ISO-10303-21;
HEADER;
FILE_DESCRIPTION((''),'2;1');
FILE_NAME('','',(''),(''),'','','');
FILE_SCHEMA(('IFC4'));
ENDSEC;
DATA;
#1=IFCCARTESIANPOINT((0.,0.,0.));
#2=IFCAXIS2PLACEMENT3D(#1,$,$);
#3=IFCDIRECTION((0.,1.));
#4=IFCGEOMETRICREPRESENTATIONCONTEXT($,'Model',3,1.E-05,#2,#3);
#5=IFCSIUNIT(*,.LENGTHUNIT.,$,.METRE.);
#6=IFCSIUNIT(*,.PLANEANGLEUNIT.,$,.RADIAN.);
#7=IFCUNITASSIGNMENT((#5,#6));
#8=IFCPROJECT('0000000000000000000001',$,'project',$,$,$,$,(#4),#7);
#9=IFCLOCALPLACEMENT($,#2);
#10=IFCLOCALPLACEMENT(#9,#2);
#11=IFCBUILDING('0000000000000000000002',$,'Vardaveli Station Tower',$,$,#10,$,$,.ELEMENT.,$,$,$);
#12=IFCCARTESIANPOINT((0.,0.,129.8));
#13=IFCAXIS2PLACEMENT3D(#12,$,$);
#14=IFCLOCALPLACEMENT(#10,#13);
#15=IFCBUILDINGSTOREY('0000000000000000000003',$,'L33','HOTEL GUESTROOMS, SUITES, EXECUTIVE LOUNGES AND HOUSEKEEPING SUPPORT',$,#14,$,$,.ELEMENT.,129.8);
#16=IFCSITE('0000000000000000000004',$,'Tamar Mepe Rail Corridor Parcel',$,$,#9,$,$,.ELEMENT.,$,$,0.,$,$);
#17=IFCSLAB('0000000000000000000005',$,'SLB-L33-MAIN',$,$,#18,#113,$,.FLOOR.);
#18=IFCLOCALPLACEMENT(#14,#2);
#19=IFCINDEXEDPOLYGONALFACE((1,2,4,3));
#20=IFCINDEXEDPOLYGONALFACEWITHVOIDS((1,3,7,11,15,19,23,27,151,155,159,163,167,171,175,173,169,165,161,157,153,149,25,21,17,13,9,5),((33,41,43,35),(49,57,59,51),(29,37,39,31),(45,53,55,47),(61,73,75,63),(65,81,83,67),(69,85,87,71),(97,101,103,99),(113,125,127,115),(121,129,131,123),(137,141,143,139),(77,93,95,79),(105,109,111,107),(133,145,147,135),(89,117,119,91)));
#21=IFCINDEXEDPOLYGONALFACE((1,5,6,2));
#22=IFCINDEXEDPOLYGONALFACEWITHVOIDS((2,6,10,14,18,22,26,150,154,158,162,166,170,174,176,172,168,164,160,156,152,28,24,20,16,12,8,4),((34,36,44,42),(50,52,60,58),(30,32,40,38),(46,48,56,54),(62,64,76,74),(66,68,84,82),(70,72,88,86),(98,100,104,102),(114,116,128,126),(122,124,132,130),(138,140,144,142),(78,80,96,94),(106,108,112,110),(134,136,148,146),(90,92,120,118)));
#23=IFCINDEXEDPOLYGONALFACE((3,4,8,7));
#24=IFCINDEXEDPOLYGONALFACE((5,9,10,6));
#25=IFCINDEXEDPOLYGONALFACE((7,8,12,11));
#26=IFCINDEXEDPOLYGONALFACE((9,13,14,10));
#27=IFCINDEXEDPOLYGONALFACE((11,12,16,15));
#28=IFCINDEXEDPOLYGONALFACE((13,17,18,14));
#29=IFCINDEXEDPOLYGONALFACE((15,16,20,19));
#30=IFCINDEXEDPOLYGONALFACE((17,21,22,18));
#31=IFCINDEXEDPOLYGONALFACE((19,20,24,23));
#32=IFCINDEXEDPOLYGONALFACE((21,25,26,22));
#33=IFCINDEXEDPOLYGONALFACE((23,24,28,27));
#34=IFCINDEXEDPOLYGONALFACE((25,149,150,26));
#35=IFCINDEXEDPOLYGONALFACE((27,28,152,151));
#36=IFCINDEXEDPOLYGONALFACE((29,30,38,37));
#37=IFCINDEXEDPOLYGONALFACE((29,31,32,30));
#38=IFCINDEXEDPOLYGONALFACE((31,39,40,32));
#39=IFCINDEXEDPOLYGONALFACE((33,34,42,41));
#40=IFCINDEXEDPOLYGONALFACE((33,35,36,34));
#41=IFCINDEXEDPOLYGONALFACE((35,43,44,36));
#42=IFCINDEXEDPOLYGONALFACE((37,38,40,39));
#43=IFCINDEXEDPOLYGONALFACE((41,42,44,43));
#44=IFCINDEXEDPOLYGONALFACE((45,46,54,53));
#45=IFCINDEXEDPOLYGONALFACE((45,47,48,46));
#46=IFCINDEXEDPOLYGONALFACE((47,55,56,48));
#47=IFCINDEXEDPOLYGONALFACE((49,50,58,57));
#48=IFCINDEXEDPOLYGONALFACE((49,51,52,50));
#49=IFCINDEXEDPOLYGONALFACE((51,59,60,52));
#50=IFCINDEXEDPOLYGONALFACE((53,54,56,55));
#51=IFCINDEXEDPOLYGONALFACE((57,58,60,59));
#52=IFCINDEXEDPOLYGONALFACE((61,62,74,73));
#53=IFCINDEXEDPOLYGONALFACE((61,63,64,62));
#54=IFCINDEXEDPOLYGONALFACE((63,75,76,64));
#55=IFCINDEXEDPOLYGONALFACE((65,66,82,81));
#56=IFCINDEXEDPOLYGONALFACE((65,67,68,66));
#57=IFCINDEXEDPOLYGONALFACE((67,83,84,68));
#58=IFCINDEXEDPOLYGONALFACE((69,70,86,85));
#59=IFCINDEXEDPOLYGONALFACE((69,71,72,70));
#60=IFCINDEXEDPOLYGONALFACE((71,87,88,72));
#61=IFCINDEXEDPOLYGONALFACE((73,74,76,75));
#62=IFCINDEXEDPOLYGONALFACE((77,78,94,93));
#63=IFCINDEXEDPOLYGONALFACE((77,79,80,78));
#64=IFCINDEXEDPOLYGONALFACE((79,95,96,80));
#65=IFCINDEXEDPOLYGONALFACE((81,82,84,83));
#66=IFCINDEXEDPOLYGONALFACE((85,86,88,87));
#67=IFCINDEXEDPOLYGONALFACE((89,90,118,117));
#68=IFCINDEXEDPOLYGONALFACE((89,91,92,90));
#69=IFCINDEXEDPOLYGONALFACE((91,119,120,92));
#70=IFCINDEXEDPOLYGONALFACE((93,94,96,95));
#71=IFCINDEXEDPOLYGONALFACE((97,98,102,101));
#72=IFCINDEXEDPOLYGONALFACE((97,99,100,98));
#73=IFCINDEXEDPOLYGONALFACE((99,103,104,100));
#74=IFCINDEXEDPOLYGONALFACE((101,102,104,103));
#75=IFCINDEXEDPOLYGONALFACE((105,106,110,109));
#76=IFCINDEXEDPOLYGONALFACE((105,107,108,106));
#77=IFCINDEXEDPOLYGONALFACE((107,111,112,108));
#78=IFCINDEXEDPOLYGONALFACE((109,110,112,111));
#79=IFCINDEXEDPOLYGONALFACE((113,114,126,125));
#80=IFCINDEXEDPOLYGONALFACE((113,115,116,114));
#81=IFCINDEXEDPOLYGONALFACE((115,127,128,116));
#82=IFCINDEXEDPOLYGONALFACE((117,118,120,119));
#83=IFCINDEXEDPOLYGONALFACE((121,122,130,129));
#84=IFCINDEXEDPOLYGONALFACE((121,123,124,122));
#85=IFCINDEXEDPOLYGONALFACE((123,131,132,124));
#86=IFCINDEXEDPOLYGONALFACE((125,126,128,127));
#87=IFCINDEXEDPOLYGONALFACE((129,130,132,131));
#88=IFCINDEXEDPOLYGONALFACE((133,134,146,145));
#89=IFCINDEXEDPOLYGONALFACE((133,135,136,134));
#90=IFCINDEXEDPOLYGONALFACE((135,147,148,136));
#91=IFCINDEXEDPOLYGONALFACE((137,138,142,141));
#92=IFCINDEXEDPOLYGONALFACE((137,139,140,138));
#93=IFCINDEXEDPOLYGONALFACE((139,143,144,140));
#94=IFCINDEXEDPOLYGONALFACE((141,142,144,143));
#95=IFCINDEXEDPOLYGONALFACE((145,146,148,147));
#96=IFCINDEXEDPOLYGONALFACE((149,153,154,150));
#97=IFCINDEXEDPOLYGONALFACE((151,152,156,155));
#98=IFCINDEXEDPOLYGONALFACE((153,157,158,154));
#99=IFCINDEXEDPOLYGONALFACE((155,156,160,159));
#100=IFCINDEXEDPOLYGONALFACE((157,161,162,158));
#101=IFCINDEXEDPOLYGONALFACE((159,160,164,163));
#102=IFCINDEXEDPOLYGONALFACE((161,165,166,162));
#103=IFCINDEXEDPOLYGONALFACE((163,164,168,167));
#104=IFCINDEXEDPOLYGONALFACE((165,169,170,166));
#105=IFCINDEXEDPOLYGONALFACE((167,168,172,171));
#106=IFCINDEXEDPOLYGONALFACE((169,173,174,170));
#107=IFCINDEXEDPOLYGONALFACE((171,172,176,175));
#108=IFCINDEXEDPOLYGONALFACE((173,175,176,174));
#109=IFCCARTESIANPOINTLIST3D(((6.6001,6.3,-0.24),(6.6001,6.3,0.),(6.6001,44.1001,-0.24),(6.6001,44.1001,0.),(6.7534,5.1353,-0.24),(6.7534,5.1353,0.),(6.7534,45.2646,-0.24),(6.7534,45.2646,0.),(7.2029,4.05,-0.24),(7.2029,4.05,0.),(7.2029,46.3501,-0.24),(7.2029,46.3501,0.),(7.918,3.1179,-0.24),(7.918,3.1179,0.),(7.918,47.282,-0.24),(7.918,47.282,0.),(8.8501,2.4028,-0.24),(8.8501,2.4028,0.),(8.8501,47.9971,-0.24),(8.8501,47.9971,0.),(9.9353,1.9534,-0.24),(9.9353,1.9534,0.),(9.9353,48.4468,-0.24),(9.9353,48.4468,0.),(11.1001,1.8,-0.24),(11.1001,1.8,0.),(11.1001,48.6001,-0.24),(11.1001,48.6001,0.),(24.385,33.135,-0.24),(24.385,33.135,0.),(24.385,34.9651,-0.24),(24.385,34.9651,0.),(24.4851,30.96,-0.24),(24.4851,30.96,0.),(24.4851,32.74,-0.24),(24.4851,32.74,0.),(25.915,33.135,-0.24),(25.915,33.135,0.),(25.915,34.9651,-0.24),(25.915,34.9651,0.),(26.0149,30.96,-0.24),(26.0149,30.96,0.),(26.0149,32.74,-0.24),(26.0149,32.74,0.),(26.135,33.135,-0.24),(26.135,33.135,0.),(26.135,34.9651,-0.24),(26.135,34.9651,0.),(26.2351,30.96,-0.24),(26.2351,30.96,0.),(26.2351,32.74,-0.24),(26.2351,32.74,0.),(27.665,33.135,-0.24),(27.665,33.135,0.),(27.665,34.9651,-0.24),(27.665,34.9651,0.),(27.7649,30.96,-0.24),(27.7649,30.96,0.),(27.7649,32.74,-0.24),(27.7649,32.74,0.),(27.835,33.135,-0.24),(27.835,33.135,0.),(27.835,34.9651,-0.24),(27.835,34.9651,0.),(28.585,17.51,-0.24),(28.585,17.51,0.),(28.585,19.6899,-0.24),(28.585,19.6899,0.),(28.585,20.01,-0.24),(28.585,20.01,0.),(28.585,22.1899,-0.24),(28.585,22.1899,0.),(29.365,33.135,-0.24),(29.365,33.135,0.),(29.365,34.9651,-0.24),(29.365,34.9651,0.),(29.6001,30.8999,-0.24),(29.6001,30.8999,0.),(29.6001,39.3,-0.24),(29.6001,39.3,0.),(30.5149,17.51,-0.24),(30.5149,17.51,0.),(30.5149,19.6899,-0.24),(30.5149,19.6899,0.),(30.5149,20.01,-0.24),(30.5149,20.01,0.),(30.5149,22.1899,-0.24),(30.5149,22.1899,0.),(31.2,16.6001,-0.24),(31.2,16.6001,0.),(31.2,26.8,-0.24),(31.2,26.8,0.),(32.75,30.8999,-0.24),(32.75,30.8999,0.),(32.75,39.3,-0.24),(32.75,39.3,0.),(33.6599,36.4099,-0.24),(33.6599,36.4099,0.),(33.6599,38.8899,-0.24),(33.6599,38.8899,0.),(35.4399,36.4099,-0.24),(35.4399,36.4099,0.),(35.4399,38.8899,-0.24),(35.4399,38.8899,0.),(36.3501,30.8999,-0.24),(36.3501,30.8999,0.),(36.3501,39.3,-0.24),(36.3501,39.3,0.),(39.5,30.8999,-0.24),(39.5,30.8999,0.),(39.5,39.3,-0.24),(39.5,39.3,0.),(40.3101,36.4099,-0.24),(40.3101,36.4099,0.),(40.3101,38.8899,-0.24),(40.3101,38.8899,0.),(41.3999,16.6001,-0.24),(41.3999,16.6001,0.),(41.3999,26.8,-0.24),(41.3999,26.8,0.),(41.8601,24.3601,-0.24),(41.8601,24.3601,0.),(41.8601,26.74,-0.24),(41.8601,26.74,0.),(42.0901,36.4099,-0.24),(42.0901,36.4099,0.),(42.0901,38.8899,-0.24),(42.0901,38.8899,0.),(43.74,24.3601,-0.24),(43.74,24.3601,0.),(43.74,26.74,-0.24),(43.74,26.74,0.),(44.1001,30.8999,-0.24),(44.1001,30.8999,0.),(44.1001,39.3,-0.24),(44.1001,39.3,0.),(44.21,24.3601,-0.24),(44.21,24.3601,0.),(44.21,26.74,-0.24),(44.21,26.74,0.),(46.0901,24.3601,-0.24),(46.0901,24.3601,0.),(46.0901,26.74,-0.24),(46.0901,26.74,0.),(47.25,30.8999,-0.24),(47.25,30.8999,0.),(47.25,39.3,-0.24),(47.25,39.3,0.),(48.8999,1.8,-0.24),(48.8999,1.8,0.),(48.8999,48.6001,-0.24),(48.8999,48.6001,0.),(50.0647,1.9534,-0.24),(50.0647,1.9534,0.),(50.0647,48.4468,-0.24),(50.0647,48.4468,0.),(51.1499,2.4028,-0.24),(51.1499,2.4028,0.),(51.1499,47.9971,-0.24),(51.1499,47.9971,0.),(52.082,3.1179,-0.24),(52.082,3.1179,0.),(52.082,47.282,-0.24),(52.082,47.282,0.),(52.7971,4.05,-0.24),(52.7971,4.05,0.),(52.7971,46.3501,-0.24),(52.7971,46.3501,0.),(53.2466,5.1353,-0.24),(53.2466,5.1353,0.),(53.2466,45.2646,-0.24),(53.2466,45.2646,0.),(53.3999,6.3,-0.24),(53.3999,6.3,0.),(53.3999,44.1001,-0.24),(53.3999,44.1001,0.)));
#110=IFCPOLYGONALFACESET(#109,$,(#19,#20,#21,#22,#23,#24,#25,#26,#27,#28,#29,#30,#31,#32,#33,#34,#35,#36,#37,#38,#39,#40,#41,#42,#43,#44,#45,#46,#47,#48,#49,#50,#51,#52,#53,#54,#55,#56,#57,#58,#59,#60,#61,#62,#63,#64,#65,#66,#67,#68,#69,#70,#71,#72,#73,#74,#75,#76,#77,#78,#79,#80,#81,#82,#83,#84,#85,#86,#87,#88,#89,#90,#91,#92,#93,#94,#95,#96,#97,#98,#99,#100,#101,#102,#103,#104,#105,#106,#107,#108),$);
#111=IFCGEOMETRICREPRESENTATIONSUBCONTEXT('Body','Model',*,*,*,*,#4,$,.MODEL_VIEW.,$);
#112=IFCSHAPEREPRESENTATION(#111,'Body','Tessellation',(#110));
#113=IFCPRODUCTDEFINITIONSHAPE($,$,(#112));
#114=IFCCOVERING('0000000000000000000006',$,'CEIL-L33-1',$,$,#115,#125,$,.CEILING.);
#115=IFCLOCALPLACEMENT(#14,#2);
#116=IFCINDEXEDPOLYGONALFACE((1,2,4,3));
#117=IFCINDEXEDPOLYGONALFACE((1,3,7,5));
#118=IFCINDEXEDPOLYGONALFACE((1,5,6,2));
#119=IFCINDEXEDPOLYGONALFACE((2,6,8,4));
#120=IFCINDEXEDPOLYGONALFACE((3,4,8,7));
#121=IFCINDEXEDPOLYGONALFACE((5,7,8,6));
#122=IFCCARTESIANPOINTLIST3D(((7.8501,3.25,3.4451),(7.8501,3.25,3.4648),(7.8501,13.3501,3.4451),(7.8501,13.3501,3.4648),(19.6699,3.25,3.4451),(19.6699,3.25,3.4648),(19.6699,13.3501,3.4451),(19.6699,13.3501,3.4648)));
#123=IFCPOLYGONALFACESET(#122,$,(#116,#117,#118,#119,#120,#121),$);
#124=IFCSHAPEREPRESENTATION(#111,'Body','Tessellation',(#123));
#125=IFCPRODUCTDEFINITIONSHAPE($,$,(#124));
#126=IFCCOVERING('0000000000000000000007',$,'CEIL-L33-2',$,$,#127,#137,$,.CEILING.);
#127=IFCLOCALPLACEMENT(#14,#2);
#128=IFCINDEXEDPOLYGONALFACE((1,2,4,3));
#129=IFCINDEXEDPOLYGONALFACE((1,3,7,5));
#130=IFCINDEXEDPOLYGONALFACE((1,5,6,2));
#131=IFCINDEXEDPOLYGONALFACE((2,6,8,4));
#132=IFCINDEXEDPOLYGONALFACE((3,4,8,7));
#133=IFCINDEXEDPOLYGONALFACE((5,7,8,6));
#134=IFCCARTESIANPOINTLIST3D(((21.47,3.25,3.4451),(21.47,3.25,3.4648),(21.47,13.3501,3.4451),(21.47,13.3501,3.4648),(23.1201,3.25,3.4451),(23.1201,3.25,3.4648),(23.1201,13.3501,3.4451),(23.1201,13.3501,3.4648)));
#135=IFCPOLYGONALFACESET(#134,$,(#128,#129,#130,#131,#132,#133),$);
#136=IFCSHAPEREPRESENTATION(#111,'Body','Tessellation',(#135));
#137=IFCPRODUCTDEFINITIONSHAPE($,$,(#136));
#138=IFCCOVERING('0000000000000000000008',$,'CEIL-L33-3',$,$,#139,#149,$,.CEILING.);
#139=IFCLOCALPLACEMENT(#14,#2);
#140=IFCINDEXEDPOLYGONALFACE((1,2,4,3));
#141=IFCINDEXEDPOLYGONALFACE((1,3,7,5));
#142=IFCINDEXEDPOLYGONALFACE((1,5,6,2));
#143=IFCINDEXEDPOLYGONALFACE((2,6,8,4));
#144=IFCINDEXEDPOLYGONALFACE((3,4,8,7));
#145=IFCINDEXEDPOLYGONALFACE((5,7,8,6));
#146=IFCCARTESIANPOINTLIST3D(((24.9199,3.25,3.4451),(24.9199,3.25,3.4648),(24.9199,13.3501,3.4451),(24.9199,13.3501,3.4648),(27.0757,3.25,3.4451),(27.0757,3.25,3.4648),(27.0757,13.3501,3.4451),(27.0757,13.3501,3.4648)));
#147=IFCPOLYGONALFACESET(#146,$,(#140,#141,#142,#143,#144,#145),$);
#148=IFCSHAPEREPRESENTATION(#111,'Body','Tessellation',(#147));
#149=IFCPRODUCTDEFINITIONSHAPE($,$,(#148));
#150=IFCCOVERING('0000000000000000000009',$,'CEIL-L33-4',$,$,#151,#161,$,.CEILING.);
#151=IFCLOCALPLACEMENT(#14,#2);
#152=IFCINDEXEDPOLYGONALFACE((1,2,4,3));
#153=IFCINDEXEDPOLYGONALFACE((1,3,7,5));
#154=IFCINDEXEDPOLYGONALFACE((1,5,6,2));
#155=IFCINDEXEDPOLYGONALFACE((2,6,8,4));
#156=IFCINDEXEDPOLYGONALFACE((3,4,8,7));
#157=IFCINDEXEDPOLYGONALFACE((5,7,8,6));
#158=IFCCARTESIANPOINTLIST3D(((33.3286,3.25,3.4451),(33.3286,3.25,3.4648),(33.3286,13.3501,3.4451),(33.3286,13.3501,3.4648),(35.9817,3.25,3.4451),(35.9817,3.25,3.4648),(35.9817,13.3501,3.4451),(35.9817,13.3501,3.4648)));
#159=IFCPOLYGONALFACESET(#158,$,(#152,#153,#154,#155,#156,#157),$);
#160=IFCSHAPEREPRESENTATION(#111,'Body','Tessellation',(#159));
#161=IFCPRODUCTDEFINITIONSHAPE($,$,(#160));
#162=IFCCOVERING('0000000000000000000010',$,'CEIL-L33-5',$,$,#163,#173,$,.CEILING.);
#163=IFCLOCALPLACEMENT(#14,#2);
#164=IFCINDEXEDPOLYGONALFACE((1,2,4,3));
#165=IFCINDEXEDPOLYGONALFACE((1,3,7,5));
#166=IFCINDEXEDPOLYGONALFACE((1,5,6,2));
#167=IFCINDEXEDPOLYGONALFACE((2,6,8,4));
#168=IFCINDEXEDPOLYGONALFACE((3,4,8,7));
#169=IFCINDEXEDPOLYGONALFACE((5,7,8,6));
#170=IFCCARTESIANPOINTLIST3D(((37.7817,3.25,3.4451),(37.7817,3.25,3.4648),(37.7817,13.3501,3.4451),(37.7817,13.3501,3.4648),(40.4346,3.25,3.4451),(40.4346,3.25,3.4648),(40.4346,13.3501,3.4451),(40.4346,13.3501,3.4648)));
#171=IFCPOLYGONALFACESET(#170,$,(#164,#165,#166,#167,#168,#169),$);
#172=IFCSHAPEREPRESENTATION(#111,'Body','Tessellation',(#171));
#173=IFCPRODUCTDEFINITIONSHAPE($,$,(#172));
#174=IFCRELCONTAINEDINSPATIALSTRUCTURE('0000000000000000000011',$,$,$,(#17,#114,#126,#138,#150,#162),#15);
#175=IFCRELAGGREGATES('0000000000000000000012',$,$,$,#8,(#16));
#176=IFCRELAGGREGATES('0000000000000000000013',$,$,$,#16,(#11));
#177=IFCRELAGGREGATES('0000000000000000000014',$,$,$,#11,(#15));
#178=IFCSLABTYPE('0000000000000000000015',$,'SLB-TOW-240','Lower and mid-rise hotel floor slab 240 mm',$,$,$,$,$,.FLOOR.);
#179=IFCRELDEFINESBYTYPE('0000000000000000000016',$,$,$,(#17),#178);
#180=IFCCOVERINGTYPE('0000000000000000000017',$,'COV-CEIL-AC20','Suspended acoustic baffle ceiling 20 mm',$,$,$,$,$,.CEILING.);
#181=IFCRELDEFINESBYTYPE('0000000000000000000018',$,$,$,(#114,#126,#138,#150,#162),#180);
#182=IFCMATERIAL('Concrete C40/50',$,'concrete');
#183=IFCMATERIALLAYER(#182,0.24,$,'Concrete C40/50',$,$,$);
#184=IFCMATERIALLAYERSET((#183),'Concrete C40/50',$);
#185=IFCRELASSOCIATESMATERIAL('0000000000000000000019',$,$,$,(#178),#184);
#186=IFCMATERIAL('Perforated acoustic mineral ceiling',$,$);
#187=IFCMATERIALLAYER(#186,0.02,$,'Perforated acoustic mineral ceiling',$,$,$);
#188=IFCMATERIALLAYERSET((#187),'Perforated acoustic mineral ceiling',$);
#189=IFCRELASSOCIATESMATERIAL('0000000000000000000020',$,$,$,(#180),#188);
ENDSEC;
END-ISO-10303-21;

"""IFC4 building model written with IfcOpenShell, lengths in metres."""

from ifc_helpers import new_model, si_unit, direction, frame, origin, place, context, subcontext, project, spatial, polyline, outline, extrude, material, layer, layer_set, type_object, element, save


model = new_model("IFC4")

# Units and contexts
model_context = context("Model", 3, precision=1e-05, world=origin(), true_north=direction((0.0, 1.0)))
body_context = subcontext(model_context, "Body", "Model", "MODEL_VIEW")
ifc_project = project(units=[si_unit("LENGTHUNIT", "METRE"), si_unit("PLANEANGLEUNIT", "RADIAN")], contexts=[model_context])

# Site, building, storey
site_placement = place(None, origin())
site = spatial("IfcSite", under=ifc_project, at=site_placement, Name="Tamar Mepe Rail Corridor Parcel", CompositionType="ELEMENT", RefElevation=0.0)
building_placement = place(site_placement, origin())
building = spatial("IfcBuilding", under=site, at=building_placement, Name="Vardaveli Station Tower", CompositionType="ELEMENT")
storey_placement = place(building_placement, frame((0.0, 0.0, 129.8)))
storey = spatial("IfcBuildingStorey", under=building, at=storey_placement, Name="L33", Description="HOTEL GUESTROOMS, SUITES, EXECUTIVE LOUNGES AND HOUSEKEEPING SUPPORT", CompositionType="ELEMENT", Elevation=129.8)

# Shared definitions
ifc_material_1 = material(Name="Concrete C40/50", Category="concrete")

# Slab
ifc_layer_1 = layer(ifc_material_1, 0.24, Name="Concrete C40/50")
ifc_layer_set_1 = layer_set([ifc_layer_1], Name="Concrete C40/50")
slab_type_1 = type_object("IfcSlabType", Name="SLB-TOW-240", Description="Lower and mid-rise hotel floor slab 240 mm", PredefinedType="FLOOR", material=ifc_layer_set_1)
slab_1_placement = place(storey_placement, frame((0.0, 0.0, -0.24)))
element("IfcSlab", 1, at=slab_1_placement, inside=storey, type_object=slab_type_1, Name="SLB-L33-MAIN", PredefinedType="FLOOR", context=body_context, shape_type="SweptSolid", body=[
    extrude(outline(polyline([(6.6001, 6.3), (6.7534, 5.1353), (7.2029, 4.05), (7.918, 3.1179), (8.8501, 2.4028), (9.9353, 1.9534), (11.1001, 1.8), (48.8999, 1.8), (50.0647, 1.9534), (51.1499, 2.4028), (52.082, 3.1179), (52.7971, 4.05), (53.2466, 5.1353), (53.3999, 6.3), (53.3999, 44.1001), (53.2466, 45.2646), (52.7971, 46.3501), (52.082, 47.282), (51.1499, 47.9971), (50.0647, 48.4468), (48.8999, 48.6001), (11.1001, 48.6001), (9.9353, 48.4468), (8.8501, 47.9971), (7.918, 47.282), (7.2029, 46.3501), (6.7534, 45.2646), (6.6001, 44.1001), (6.6001, 6.3)]), holes=[polyline([(31.2, 16.6001), (41.3999, 16.6001), (41.3999, 26.8), (31.2, 26.8), (31.2, 16.6001)]), polyline([(32.75, 30.8999), (32.75, 39.3), (29.6001, 39.3), (29.6001, 30.8999), (32.75, 30.8999)]), polyline([(39.5, 30.8999), (39.5, 39.3), (36.3501, 39.3), (36.3501, 30.8999), (39.5, 30.8999)]), polyline([(47.25, 30.8999), (47.25, 39.3), (44.1001, 39.3), (44.1001, 30.8999), (47.25, 30.8999)]), polyline([(24.385, 33.135), (25.915, 33.135), (25.915, 34.9651), (24.385, 34.9651), (24.385, 33.135)]), polyline([(26.135, 33.135), (27.665, 33.135), (27.665, 34.9651), (26.135, 34.9651), (26.135, 33.135)]), polyline([(27.835, 33.135), (29.365, 33.135), (29.365, 34.9651), (27.835, 34.9651), (27.835, 33.135)]), polyline([(33.6599, 36.4099), (35.4399, 36.4099), (35.4399, 38.8899), (33.6599, 38.8899), (33.6599, 36.4099)]), polyline([(40.3101, 36.4099), (42.0901, 36.4099), (42.0901, 38.8899), (40.3101, 38.8899), (40.3101, 36.4099)]), polyline([(24.4851, 30.96), (26.0149, 30.96), (26.0149, 32.74), (24.4851, 32.74), (24.4851, 30.96)]), polyline([(26.2351, 30.96), (27.7649, 30.96), (27.7649, 32.74), (26.2351, 32.74), (26.2351, 30.96)]), polyline([(28.585, 17.51), (30.5149, 17.51), (30.5149, 19.6899), (28.585, 19.6899), (28.585, 17.51)]), polyline([(28.585, 20.01), (30.5149, 20.01), (30.5149, 22.1899), (28.585, 22.1899), (28.585, 20.01)]), polyline([(41.8601, 24.3601), (43.74, 24.3601), (43.74, 26.74), (41.8601, 26.74), (41.8601, 24.3601)]), polyline([(44.21, 24.3601), (46.0901, 24.3601), (46.0901, 26.74), (44.21, 26.74), (44.21, 24.3601)])]), origin(), (0.0, 0.0, 1.0), 0.24),
])

# Coverings
ifc_material_2 = material(Name="Perforated acoustic mineral ceiling")
ifc_layer_2 = layer(ifc_material_2, 0.02, Name="Perforated acoustic mineral ceiling")
ifc_layer_set_2 = layer_set([ifc_layer_2], Name="Perforated acoustic mineral ceiling")
covering_type_1 = type_object("IfcCoveringType", Name="COV-CEIL-AC20", Description="Suspended acoustic baffle ceiling 20 mm", PredefinedType="CEILING", material=ifc_layer_set_2)
covering_1_placement = place(storey_placement, frame((0.0, 0.0, 3.4451)))
element("IfcCovering", 2, at=covering_1_placement, inside=storey, type_object=covering_type_1, Name="CEIL-L33-1", PredefinedType="CEILING", context=body_context, shape_type="SweptSolid", body=[
    extrude(outline(polyline([(7.8501, 3.25), (19.6699, 3.25), (19.6699, 13.3501), (7.8501, 13.3501), (7.8501, 3.25)])), origin(), (0.0, 0.0, 1.0), 0.0198),
])
covering_2_placement = place(storey_placement, frame((0.0, 0.0, 3.4451)))
element("IfcCovering", 3, at=covering_2_placement, inside=storey, type_object=covering_type_1, Name="CEIL-L33-2", PredefinedType="CEILING", context=body_context, shape_type="SweptSolid", body=[
    extrude(outline(polyline([(21.47, 3.25), (23.1201, 3.25), (23.1201, 13.3501), (21.47, 13.3501), (21.47, 3.25)])), origin(), (0.0, 0.0, 1.0), 0.0198),
])
covering_3_placement = place(storey_placement, frame((0.0, 0.0, 3.4451)))
element("IfcCovering", 4, at=covering_3_placement, inside=storey, type_object=covering_type_1, Name="CEIL-L33-3", PredefinedType="CEILING", context=body_context, shape_type="SweptSolid", body=[
    extrude(outline(polyline([(24.9199, 3.25), (27.0757, 3.25), (27.0757, 13.3501), (24.9199, 13.3501), (24.9199, 3.25)])), origin(), (0.0, 0.0, 1.0), 0.0198),
])
covering_4_placement = place(storey_placement, frame((0.0, 0.0, 3.4451)))
element("IfcCovering", 5, at=covering_4_placement, inside=storey, type_object=covering_type_1, Name="CEIL-L33-4", PredefinedType="CEILING", context=body_context, shape_type="SweptSolid", body=[
    extrude(outline(polyline([(33.3286, 3.25), (35.9817, 3.25), (35.9817, 13.3501), (33.3286, 13.3501), (33.3286, 3.25)])), origin(), (0.0, 0.0, 1.0), 0.0198),
])
covering_5_placement = place(storey_placement, frame((0.0, 0.0, 3.4451)))
element("IfcCovering", 6, at=covering_5_placement, inside=storey, type_object=covering_type_1, Name="CEIL-L33-5", PredefinedType="CEILING", context=body_context, shape_type="SweptSolid", body=[
    extrude(outline(polyline([(37.7817, 3.25), (40.4346, 3.25), (40.4346, 13.3501), (37.7817, 13.3501), (37.7817, 3.25)])), origin(), (0.0, 0.0, 1.0), 0.0198),
])

save(model, "model.ifc")
